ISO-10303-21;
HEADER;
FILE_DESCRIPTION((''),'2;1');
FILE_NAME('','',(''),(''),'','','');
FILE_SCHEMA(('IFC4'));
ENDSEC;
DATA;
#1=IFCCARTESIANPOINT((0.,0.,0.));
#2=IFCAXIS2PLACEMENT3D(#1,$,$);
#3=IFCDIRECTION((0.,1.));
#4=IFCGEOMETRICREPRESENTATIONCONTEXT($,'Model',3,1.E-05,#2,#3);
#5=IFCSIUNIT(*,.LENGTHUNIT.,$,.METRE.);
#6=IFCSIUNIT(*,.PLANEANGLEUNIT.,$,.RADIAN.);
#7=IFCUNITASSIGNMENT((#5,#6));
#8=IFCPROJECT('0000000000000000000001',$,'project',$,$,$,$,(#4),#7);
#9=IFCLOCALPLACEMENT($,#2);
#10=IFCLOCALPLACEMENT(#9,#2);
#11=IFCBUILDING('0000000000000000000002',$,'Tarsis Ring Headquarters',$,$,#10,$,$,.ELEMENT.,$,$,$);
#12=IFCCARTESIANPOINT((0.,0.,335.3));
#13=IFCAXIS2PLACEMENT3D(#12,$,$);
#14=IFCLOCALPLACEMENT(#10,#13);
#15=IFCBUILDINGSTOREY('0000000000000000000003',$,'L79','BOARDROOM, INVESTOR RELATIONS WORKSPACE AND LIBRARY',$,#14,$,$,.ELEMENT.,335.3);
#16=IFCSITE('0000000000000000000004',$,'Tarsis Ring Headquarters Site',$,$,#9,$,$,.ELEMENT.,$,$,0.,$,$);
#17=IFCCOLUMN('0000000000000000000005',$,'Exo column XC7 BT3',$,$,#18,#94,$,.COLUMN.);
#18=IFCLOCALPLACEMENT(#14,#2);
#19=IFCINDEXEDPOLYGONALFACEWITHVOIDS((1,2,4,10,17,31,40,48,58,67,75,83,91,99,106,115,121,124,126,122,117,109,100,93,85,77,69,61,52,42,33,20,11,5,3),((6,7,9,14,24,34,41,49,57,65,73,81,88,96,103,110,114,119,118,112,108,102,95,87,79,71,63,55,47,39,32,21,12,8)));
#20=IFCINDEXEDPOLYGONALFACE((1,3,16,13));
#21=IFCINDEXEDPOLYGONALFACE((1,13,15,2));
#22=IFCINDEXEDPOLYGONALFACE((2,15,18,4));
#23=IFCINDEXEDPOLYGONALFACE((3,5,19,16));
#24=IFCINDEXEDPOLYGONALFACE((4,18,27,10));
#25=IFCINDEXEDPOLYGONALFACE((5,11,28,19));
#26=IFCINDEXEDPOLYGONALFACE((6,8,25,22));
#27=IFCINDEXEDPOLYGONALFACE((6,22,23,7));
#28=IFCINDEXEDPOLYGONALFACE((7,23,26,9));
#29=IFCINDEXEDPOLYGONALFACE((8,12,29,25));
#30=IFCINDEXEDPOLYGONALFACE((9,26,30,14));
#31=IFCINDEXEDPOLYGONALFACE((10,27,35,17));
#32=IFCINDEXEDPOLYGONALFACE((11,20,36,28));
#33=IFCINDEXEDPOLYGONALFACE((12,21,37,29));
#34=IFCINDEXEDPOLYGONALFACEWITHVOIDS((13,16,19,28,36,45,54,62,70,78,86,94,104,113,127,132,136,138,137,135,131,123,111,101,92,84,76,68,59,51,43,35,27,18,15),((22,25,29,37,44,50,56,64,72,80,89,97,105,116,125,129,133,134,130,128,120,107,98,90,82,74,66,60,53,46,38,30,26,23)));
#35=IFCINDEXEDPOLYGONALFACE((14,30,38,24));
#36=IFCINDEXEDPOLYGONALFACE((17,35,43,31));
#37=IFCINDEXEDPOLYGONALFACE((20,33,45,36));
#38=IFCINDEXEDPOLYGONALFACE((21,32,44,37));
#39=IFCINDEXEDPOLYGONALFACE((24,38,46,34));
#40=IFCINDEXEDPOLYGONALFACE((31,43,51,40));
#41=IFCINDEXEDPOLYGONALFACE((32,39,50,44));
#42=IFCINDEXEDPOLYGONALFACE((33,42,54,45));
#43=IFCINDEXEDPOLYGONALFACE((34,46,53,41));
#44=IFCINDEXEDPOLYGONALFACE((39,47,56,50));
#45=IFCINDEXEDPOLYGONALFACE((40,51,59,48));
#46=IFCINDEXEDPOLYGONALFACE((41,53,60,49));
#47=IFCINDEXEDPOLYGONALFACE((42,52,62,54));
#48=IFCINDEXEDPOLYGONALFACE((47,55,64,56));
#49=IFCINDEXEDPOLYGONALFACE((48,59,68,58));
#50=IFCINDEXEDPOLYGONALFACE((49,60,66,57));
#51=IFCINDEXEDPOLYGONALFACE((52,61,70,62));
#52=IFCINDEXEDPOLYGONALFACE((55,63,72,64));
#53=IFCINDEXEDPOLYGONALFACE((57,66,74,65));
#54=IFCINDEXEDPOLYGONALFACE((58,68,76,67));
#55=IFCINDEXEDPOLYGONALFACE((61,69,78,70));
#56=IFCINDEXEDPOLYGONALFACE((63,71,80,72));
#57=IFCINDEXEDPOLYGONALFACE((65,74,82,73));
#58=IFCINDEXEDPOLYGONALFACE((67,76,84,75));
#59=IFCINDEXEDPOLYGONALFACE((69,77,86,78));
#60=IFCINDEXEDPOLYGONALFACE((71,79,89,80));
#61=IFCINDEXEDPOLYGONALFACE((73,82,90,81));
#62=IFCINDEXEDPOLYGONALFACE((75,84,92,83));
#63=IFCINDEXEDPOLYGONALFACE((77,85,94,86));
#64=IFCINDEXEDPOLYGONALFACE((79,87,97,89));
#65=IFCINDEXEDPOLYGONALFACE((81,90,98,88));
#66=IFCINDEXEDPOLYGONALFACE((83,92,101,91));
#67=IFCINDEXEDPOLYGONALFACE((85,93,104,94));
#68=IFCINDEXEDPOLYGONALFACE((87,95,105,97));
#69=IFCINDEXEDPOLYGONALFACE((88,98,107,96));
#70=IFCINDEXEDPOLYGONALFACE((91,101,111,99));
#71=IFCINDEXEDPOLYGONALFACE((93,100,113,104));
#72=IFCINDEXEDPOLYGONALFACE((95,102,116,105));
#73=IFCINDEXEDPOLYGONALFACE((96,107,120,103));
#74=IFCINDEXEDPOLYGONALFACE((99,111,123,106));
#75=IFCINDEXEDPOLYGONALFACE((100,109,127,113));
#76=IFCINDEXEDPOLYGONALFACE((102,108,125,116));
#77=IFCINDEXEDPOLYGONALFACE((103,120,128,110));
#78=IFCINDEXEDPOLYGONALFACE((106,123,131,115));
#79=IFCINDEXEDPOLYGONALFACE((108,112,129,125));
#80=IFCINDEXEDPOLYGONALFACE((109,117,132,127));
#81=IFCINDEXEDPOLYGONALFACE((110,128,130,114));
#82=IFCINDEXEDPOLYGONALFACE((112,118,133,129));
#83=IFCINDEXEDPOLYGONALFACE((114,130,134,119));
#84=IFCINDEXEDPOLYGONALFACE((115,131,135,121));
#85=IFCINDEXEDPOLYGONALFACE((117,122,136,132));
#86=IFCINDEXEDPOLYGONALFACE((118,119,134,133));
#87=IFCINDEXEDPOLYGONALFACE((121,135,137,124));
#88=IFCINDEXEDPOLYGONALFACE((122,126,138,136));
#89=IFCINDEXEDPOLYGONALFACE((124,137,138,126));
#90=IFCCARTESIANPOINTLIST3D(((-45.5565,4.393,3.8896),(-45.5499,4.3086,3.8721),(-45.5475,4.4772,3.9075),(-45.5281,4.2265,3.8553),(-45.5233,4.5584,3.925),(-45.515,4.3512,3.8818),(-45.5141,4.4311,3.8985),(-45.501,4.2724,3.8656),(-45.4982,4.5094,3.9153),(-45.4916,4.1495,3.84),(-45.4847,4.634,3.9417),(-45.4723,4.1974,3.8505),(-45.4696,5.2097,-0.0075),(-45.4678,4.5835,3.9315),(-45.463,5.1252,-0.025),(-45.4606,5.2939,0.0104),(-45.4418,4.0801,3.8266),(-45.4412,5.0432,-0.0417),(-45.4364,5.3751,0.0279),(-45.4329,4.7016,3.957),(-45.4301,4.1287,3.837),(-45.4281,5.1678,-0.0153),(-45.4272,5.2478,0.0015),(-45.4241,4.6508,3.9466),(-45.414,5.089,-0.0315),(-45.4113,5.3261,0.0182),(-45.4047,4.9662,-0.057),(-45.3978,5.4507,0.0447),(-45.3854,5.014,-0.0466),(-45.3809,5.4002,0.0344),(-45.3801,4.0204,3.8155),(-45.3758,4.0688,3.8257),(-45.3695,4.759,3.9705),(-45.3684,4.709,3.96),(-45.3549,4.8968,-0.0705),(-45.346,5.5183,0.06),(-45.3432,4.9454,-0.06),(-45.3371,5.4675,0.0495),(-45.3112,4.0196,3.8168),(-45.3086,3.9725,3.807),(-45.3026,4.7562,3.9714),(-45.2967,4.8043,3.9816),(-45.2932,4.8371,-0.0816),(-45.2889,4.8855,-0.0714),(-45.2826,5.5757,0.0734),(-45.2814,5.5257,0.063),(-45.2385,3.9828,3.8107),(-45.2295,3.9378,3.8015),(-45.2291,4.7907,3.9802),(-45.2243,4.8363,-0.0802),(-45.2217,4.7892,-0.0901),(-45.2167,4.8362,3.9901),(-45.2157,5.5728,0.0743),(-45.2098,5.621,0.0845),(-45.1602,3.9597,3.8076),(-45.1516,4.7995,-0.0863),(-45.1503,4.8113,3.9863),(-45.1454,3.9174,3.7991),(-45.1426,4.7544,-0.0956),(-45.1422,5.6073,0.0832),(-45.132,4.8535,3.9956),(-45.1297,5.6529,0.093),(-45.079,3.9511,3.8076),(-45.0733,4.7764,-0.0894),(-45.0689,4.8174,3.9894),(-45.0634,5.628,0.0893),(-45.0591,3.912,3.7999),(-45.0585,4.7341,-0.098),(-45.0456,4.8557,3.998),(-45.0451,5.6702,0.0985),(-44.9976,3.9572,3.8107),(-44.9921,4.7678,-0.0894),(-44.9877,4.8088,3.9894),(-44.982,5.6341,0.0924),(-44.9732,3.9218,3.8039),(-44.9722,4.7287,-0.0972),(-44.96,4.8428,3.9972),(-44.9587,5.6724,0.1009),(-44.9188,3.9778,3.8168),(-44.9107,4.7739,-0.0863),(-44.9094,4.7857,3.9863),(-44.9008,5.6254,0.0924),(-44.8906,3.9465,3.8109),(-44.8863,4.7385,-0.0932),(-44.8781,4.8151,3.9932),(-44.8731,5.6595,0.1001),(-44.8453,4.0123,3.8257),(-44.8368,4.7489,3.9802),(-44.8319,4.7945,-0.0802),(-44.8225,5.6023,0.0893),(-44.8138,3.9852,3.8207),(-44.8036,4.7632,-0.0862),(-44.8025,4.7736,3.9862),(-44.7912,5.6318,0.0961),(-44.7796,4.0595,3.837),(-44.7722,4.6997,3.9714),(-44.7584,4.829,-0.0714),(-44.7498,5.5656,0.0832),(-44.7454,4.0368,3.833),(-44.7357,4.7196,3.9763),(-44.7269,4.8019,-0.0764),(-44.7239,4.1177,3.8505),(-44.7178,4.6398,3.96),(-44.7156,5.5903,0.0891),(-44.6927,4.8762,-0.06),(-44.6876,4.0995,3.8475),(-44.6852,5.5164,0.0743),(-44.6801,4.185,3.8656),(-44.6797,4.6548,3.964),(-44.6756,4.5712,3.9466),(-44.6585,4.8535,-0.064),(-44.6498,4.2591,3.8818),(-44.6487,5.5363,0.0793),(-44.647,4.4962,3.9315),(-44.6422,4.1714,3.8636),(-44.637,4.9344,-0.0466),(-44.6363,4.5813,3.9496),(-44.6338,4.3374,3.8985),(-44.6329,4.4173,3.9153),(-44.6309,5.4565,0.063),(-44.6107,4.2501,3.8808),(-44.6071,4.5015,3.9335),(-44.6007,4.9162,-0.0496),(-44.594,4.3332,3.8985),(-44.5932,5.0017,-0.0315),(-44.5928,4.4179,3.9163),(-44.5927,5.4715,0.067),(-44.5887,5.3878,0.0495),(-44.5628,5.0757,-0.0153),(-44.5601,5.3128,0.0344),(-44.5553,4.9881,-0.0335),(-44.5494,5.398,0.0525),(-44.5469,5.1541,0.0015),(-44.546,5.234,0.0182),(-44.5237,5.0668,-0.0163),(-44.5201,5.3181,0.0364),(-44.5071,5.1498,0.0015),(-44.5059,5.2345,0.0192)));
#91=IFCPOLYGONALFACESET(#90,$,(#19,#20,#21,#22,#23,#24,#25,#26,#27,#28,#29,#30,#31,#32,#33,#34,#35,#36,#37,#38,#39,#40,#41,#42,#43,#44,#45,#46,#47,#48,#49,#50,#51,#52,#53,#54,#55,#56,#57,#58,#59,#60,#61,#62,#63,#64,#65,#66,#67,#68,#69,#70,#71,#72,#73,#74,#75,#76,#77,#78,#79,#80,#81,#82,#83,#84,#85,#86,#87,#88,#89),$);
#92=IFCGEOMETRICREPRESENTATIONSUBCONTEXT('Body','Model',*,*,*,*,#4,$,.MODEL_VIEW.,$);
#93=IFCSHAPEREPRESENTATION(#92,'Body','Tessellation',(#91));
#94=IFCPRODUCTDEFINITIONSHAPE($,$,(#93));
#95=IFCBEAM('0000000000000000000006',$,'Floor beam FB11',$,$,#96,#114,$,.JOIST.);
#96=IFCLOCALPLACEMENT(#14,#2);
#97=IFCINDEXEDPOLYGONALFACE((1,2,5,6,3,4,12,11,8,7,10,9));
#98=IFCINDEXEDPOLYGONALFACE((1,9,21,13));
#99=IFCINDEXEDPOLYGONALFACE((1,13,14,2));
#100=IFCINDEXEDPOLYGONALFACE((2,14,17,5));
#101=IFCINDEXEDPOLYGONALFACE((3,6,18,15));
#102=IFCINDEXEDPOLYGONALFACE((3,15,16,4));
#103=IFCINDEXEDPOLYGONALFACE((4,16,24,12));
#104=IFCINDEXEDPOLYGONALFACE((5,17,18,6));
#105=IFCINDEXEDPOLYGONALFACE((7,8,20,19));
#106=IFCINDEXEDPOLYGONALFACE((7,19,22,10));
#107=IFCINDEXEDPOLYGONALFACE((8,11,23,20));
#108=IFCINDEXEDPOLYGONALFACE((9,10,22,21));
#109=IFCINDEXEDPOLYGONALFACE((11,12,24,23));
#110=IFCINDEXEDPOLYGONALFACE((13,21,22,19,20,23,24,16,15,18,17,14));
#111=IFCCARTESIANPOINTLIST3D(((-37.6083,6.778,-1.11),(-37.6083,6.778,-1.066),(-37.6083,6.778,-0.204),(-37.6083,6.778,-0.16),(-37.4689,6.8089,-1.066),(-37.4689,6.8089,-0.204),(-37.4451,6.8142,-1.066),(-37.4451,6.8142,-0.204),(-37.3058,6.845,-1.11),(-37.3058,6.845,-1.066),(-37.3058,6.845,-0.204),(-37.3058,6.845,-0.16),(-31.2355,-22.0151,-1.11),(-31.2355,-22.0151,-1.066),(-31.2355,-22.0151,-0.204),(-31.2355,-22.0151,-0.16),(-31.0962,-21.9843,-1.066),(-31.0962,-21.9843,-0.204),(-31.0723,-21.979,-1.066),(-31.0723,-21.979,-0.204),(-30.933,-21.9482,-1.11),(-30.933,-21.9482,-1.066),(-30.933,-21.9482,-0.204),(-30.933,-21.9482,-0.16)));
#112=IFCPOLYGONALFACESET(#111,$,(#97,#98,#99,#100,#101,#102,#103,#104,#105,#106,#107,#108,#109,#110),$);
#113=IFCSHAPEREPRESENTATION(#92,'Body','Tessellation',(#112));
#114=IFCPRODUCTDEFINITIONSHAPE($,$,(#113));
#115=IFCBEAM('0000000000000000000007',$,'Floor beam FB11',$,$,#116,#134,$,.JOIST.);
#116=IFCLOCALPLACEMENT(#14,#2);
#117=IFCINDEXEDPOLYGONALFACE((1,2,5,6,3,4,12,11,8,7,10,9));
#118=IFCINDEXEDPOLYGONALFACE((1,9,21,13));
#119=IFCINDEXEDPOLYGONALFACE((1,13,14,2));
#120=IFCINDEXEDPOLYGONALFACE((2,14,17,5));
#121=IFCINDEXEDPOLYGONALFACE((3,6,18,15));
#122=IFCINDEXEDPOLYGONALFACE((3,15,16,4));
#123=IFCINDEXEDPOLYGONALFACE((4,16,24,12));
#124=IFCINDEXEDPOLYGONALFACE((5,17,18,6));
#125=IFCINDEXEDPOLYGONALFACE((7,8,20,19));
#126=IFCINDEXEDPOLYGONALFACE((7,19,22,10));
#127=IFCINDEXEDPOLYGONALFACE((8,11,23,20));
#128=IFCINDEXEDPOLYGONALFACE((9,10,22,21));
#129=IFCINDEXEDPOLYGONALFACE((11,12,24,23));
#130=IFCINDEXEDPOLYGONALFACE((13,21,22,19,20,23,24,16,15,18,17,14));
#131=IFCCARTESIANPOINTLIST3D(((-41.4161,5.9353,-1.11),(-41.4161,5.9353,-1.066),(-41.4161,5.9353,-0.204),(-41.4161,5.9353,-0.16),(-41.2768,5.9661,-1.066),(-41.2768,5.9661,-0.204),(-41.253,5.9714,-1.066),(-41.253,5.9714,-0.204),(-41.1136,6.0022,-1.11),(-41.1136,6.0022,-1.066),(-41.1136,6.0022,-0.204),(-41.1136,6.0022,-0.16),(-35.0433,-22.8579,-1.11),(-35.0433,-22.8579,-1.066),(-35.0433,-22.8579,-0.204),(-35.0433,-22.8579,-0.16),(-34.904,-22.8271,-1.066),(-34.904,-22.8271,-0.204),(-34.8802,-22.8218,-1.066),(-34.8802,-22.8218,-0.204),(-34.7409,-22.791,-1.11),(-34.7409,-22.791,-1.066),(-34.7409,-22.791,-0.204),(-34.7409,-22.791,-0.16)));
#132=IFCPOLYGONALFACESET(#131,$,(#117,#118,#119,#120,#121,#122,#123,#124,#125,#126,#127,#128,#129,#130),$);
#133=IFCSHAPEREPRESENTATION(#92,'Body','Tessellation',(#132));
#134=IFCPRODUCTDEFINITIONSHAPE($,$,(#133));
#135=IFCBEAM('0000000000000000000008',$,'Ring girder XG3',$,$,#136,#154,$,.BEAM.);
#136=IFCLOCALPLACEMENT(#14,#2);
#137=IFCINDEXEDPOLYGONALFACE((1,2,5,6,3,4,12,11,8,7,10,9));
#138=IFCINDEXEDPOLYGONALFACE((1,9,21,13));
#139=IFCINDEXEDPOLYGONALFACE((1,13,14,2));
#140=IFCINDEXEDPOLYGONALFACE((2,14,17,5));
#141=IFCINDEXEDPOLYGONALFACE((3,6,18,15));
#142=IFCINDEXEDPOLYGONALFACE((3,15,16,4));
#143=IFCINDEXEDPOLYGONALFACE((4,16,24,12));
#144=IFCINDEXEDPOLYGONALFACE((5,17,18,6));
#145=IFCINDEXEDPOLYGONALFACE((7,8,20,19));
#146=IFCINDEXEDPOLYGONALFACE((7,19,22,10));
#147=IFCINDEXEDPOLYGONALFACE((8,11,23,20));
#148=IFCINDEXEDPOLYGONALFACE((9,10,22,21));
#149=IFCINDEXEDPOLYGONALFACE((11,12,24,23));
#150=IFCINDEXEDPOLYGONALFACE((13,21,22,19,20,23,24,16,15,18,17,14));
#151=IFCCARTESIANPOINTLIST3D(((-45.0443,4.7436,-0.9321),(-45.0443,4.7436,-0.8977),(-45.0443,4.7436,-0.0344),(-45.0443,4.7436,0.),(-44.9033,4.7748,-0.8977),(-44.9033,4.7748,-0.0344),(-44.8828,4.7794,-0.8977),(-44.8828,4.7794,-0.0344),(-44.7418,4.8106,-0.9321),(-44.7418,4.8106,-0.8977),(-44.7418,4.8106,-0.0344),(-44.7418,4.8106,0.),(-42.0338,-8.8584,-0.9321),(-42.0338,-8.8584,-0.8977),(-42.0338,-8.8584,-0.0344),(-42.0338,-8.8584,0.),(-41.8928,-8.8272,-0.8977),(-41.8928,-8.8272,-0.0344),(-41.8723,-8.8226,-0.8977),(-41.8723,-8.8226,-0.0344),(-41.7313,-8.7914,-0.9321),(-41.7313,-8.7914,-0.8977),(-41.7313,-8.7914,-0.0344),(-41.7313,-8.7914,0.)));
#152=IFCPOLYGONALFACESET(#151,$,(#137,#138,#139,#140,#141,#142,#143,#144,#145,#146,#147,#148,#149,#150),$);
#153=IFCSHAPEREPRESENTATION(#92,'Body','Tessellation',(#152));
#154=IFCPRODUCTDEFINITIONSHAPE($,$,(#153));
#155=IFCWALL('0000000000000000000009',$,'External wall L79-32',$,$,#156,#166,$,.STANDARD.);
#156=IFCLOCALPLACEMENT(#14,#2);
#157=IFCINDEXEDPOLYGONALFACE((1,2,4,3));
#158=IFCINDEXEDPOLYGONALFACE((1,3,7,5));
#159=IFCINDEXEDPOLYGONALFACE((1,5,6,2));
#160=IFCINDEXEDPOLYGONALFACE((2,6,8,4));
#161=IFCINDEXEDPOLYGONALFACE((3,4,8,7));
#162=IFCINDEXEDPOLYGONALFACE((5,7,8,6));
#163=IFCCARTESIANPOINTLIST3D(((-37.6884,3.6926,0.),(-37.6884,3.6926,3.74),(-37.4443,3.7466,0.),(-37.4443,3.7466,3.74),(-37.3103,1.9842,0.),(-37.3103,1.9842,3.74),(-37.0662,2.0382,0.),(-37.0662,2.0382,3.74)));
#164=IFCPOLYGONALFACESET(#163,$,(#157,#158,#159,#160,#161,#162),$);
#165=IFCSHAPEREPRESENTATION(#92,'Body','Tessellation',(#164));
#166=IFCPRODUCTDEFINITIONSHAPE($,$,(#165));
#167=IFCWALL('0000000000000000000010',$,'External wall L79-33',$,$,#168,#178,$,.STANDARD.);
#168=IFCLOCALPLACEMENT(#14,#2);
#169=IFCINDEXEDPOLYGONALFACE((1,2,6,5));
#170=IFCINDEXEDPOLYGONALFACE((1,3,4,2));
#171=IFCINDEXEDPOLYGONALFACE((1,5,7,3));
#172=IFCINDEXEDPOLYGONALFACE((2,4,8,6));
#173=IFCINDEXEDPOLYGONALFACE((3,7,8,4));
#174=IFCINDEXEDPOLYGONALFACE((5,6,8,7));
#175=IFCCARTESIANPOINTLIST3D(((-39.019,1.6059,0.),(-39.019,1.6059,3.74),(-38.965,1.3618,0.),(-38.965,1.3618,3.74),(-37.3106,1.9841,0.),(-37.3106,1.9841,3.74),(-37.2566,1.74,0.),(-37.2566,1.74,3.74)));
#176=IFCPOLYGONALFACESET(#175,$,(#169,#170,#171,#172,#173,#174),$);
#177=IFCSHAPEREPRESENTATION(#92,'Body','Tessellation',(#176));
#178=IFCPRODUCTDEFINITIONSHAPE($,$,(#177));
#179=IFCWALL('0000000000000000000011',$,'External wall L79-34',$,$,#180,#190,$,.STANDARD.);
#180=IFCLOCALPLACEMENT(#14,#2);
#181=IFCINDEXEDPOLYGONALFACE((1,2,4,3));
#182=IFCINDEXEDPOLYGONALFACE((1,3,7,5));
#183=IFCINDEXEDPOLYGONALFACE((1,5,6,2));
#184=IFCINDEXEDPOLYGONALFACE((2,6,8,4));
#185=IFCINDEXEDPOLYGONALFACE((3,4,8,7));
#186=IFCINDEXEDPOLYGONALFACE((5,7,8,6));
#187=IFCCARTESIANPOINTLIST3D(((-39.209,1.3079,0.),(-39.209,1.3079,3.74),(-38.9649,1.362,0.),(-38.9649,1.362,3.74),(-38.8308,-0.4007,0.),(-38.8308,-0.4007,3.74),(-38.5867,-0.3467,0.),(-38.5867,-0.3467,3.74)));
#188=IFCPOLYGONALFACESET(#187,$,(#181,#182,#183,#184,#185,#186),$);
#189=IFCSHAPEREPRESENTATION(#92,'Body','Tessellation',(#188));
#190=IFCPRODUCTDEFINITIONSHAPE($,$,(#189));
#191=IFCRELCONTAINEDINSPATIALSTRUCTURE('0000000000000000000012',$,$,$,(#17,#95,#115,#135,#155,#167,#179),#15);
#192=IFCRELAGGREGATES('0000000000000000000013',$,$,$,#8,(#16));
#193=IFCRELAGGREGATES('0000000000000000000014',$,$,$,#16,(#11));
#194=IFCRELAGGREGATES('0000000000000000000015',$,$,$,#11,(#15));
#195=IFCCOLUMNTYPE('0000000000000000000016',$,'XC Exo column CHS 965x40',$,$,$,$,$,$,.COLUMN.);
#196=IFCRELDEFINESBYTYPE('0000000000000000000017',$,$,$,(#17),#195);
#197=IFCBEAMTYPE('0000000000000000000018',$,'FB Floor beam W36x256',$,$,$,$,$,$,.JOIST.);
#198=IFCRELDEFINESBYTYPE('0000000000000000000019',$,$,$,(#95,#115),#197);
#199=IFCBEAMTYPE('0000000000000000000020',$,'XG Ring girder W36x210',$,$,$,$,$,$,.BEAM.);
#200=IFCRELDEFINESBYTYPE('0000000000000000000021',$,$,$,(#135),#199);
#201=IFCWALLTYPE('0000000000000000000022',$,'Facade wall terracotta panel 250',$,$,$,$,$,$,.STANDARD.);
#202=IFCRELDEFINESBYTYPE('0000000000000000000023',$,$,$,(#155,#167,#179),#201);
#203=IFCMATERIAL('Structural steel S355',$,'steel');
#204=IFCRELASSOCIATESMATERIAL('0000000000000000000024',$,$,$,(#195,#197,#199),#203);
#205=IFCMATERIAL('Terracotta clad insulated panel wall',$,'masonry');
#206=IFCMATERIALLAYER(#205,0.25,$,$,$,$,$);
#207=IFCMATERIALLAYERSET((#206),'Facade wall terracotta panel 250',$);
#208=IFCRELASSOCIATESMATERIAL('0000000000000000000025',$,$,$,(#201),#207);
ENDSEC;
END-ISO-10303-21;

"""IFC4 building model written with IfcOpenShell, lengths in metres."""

from ifc_helpers import new_model, si_unit, direction, frame, frame_2d, origin, origin_2d, place, context, subcontext, project, spatial, rectangle, hollow_circle, i_section, extrude, material, layer, layer_set, material_profile, profile_set, type_object, element, save


model = new_model("IFC4")

# Units and contexts
model_context = context("Model", 3, precision=1e-05, world=origin(), true_north=direction((0.0, 1.0)))
body_context = subcontext(model_context, "Body", "Model", "MODEL_VIEW")
ifc_project = project(units=[si_unit("LENGTHUNIT", "METRE"), si_unit("PLANEANGLEUNIT", "RADIAN")], contexts=[model_context])

# Site, building, storey
site_placement = place(None, origin())
site = spatial("IfcSite", under=ifc_project, at=site_placement, Name="Tarsis Ring Headquarters Site", CompositionType="ELEMENT", RefElevation=0.0)
building_placement = place(site_placement, origin())
building = spatial("IfcBuilding", under=site, at=building_placement, Name="Tarsis Ring Headquarters", CompositionType="ELEMENT")
storey_placement = place(building_placement, frame((0.0, 0.0, 335.3)))
storey = spatial("IfcBuildingStorey", under=building, at=storey_placement, Name="L79", Description="BOARDROOM, INVESTOR RELATIONS WORKSPACE AND LIBRARY", CompositionType="ELEMENT", Elevation=335.3)

# Column
ifc_material_1 = material(Name="Structural steel S355", Category="steel")
ifc_material_profile_1 = material_profile(ifc_material_1, hollow_circle(Radius=0.4827, WallThickness=0.04, at=origin_2d()), Name="CHS 965x40")
ifc_profile_set_1 = profile_set([ifc_material_profile_1], Name="Structural steel S355")
column_type = type_object("IfcColumnType", Name="XC Exo column CHS 965x40", PredefinedType="COLUMN", material=ifc_profile_set_1)
column_placement = place(storey_placement, frame((-44.9871, 5.2009, 0.0015), z_axis=(-0.021824, -0.205056, 0.978507), x_axis=(0.994384, -0.10583, 0.0)))
element("IfcColumn", 1, at=column_placement, inside=storey, type_object=column_type, Name="Exo column XC7 BT3", PredefinedType="COLUMN", context=body_context, shape_type="SweptSolid", body=[
    extrude(hollow_circle(Radius=0.4827, WallThickness=0.04, at=origin_2d()), origin(), (0.0, 0.0, 1.0), 3.9827),
])

# Beams
ifc_material_profile_2 = material_profile(ifc_material_1, i_section(OverallWidth=0.3098, OverallDepth=0.95, WebThickness=0.0244, FlangeThickness=0.0439, at=origin_2d()), Name="W36x256")
ifc_profile_set_2 = profile_set([ifc_material_profile_2], Name="Structural steel S355")
beam_type_1 = type_object("IfcBeamType", Name="FB Floor beam W36x256", PredefinedType="JOIST", material=ifc_profile_set_2)
for number, where, z_axis, x_axis, name in (
    (2, (-37.457, 6.8115, -0.635), (0.2161, -0.976371, 0.0), (0.976371, 0.2161, 0.0), "Floor beam FB11"),
    (3, (-41.2649, 5.9688, -0.635), (0.2161, -0.976371, 0.0), (0.976371, 0.2161, 0.0), "Floor beam FB11"),
):
    element("IfcBeam", number, at=place(storey_placement, frame(where, z_axis=z_axis, x_axis=x_axis)), inside=storey, type_object=beam_type_1, Name=name, PredefinedType="JOIST", context=body_context, shape_type="SweptSolid", body=[
        extrude(i_section(OverallWidth=0.3098, OverallDepth=0.95, WebThickness=0.0244, FlangeThickness=0.0439, at=origin_2d()), origin(), (0.0, 0.0, 1.0), 29.49),
    ])
ifc_material_profile_3 = material_profile(ifc_material_1, i_section(OverallWidth=0.3098, OverallDepth=0.9321, WebThickness=0.021, FlangeThickness=0.0344, at=origin_2d()), Name="W36x210")
ifc_profile_set_3 = profile_set([ifc_material_profile_3], Name="Structural steel S355")
beam_type_2 = type_object("IfcBeamType", Name="XG Ring girder W36x210", PredefinedType="BEAM", material=ifc_profile_set_3)
beam_placement = place(storey_placement, frame((-44.8931, 4.7771, -0.4661), z_axis=(0.216097, -0.976372, 0.0), x_axis=(0.976372, 0.216097, 0.0)))
element("IfcBeam", 4, at=beam_placement, inside=storey, type_object=beam_type_2, Name="Ring girder XG3", PredefinedType="BEAM", context=body_context, shape_type="SweptSolid", body=[
    extrude(i_section(OverallWidth=0.3098, OverallDepth=0.9321, WebThickness=0.021, FlangeThickness=0.0344, at=origin_2d()), origin(), (0.0, 0.0, 1.0), 13.9312),
])

# Walls
ifc_material_2 = material(Name="Terracotta clad insulated panel wall", Category="masonry")
ifc_layer = layer(ifc_material_2, 0.25)
ifc_layer_set = layer_set([ifc_layer], Name="Facade wall terracotta panel 250")
wall_type = type_object("IfcWallType", Name="Facade wall terracotta panel 250", PredefinedType="STANDARD", material=ifc_layer_set)
for number, where, z_axis, x_axis, name in (
    (5, (-37.5664, 3.7197, 0.0), (0.0, 0.0, 1.0), (0.216118, -0.976367, 0.0), "External wall L79-32"),
    (6, (-37.2834, 1.8621, 0.0), (0.0, 0.0, 1.0), (-0.976367, -0.216118, 0.0), "External wall L79-33"),
):
    element("IfcWall", number, at=place(storey_placement, frame(where, z_axis=z_axis, x_axis=x_axis)), inside=storey, type_object=wall_type, Name=name, PredefinedType="STANDARD", context=body_context, shape_type="SweptSolid", body=[
        extrude(rectangle(XDim=1.7498, YDim=0.25, at=frame_2d((0.875, 0.0))), origin(), (0.0, 0.0, 1.0), 3.74),
    ])
wall_1_placement = place(storey_placement, frame((-39.0869, 1.335, 0.0), z_axis=(0.0, 0.0, 1.0), x_axis=(0.216088, -0.976374, 0.0)))
element("IfcWall", 7, at=wall_1_placement, inside=storey, type_object=wall_type, Name="External wall L79-34", PredefinedType="STANDARD", context=body_context, shape_type="SweptSolid", body=[
    extrude(rectangle(XDim=1.75, YDim=0.25, at=frame_2d((0.875, 0.0))), origin(), (0.0, 0.0, 1.0), 3.74),
])

save(model, "model.ifc")
